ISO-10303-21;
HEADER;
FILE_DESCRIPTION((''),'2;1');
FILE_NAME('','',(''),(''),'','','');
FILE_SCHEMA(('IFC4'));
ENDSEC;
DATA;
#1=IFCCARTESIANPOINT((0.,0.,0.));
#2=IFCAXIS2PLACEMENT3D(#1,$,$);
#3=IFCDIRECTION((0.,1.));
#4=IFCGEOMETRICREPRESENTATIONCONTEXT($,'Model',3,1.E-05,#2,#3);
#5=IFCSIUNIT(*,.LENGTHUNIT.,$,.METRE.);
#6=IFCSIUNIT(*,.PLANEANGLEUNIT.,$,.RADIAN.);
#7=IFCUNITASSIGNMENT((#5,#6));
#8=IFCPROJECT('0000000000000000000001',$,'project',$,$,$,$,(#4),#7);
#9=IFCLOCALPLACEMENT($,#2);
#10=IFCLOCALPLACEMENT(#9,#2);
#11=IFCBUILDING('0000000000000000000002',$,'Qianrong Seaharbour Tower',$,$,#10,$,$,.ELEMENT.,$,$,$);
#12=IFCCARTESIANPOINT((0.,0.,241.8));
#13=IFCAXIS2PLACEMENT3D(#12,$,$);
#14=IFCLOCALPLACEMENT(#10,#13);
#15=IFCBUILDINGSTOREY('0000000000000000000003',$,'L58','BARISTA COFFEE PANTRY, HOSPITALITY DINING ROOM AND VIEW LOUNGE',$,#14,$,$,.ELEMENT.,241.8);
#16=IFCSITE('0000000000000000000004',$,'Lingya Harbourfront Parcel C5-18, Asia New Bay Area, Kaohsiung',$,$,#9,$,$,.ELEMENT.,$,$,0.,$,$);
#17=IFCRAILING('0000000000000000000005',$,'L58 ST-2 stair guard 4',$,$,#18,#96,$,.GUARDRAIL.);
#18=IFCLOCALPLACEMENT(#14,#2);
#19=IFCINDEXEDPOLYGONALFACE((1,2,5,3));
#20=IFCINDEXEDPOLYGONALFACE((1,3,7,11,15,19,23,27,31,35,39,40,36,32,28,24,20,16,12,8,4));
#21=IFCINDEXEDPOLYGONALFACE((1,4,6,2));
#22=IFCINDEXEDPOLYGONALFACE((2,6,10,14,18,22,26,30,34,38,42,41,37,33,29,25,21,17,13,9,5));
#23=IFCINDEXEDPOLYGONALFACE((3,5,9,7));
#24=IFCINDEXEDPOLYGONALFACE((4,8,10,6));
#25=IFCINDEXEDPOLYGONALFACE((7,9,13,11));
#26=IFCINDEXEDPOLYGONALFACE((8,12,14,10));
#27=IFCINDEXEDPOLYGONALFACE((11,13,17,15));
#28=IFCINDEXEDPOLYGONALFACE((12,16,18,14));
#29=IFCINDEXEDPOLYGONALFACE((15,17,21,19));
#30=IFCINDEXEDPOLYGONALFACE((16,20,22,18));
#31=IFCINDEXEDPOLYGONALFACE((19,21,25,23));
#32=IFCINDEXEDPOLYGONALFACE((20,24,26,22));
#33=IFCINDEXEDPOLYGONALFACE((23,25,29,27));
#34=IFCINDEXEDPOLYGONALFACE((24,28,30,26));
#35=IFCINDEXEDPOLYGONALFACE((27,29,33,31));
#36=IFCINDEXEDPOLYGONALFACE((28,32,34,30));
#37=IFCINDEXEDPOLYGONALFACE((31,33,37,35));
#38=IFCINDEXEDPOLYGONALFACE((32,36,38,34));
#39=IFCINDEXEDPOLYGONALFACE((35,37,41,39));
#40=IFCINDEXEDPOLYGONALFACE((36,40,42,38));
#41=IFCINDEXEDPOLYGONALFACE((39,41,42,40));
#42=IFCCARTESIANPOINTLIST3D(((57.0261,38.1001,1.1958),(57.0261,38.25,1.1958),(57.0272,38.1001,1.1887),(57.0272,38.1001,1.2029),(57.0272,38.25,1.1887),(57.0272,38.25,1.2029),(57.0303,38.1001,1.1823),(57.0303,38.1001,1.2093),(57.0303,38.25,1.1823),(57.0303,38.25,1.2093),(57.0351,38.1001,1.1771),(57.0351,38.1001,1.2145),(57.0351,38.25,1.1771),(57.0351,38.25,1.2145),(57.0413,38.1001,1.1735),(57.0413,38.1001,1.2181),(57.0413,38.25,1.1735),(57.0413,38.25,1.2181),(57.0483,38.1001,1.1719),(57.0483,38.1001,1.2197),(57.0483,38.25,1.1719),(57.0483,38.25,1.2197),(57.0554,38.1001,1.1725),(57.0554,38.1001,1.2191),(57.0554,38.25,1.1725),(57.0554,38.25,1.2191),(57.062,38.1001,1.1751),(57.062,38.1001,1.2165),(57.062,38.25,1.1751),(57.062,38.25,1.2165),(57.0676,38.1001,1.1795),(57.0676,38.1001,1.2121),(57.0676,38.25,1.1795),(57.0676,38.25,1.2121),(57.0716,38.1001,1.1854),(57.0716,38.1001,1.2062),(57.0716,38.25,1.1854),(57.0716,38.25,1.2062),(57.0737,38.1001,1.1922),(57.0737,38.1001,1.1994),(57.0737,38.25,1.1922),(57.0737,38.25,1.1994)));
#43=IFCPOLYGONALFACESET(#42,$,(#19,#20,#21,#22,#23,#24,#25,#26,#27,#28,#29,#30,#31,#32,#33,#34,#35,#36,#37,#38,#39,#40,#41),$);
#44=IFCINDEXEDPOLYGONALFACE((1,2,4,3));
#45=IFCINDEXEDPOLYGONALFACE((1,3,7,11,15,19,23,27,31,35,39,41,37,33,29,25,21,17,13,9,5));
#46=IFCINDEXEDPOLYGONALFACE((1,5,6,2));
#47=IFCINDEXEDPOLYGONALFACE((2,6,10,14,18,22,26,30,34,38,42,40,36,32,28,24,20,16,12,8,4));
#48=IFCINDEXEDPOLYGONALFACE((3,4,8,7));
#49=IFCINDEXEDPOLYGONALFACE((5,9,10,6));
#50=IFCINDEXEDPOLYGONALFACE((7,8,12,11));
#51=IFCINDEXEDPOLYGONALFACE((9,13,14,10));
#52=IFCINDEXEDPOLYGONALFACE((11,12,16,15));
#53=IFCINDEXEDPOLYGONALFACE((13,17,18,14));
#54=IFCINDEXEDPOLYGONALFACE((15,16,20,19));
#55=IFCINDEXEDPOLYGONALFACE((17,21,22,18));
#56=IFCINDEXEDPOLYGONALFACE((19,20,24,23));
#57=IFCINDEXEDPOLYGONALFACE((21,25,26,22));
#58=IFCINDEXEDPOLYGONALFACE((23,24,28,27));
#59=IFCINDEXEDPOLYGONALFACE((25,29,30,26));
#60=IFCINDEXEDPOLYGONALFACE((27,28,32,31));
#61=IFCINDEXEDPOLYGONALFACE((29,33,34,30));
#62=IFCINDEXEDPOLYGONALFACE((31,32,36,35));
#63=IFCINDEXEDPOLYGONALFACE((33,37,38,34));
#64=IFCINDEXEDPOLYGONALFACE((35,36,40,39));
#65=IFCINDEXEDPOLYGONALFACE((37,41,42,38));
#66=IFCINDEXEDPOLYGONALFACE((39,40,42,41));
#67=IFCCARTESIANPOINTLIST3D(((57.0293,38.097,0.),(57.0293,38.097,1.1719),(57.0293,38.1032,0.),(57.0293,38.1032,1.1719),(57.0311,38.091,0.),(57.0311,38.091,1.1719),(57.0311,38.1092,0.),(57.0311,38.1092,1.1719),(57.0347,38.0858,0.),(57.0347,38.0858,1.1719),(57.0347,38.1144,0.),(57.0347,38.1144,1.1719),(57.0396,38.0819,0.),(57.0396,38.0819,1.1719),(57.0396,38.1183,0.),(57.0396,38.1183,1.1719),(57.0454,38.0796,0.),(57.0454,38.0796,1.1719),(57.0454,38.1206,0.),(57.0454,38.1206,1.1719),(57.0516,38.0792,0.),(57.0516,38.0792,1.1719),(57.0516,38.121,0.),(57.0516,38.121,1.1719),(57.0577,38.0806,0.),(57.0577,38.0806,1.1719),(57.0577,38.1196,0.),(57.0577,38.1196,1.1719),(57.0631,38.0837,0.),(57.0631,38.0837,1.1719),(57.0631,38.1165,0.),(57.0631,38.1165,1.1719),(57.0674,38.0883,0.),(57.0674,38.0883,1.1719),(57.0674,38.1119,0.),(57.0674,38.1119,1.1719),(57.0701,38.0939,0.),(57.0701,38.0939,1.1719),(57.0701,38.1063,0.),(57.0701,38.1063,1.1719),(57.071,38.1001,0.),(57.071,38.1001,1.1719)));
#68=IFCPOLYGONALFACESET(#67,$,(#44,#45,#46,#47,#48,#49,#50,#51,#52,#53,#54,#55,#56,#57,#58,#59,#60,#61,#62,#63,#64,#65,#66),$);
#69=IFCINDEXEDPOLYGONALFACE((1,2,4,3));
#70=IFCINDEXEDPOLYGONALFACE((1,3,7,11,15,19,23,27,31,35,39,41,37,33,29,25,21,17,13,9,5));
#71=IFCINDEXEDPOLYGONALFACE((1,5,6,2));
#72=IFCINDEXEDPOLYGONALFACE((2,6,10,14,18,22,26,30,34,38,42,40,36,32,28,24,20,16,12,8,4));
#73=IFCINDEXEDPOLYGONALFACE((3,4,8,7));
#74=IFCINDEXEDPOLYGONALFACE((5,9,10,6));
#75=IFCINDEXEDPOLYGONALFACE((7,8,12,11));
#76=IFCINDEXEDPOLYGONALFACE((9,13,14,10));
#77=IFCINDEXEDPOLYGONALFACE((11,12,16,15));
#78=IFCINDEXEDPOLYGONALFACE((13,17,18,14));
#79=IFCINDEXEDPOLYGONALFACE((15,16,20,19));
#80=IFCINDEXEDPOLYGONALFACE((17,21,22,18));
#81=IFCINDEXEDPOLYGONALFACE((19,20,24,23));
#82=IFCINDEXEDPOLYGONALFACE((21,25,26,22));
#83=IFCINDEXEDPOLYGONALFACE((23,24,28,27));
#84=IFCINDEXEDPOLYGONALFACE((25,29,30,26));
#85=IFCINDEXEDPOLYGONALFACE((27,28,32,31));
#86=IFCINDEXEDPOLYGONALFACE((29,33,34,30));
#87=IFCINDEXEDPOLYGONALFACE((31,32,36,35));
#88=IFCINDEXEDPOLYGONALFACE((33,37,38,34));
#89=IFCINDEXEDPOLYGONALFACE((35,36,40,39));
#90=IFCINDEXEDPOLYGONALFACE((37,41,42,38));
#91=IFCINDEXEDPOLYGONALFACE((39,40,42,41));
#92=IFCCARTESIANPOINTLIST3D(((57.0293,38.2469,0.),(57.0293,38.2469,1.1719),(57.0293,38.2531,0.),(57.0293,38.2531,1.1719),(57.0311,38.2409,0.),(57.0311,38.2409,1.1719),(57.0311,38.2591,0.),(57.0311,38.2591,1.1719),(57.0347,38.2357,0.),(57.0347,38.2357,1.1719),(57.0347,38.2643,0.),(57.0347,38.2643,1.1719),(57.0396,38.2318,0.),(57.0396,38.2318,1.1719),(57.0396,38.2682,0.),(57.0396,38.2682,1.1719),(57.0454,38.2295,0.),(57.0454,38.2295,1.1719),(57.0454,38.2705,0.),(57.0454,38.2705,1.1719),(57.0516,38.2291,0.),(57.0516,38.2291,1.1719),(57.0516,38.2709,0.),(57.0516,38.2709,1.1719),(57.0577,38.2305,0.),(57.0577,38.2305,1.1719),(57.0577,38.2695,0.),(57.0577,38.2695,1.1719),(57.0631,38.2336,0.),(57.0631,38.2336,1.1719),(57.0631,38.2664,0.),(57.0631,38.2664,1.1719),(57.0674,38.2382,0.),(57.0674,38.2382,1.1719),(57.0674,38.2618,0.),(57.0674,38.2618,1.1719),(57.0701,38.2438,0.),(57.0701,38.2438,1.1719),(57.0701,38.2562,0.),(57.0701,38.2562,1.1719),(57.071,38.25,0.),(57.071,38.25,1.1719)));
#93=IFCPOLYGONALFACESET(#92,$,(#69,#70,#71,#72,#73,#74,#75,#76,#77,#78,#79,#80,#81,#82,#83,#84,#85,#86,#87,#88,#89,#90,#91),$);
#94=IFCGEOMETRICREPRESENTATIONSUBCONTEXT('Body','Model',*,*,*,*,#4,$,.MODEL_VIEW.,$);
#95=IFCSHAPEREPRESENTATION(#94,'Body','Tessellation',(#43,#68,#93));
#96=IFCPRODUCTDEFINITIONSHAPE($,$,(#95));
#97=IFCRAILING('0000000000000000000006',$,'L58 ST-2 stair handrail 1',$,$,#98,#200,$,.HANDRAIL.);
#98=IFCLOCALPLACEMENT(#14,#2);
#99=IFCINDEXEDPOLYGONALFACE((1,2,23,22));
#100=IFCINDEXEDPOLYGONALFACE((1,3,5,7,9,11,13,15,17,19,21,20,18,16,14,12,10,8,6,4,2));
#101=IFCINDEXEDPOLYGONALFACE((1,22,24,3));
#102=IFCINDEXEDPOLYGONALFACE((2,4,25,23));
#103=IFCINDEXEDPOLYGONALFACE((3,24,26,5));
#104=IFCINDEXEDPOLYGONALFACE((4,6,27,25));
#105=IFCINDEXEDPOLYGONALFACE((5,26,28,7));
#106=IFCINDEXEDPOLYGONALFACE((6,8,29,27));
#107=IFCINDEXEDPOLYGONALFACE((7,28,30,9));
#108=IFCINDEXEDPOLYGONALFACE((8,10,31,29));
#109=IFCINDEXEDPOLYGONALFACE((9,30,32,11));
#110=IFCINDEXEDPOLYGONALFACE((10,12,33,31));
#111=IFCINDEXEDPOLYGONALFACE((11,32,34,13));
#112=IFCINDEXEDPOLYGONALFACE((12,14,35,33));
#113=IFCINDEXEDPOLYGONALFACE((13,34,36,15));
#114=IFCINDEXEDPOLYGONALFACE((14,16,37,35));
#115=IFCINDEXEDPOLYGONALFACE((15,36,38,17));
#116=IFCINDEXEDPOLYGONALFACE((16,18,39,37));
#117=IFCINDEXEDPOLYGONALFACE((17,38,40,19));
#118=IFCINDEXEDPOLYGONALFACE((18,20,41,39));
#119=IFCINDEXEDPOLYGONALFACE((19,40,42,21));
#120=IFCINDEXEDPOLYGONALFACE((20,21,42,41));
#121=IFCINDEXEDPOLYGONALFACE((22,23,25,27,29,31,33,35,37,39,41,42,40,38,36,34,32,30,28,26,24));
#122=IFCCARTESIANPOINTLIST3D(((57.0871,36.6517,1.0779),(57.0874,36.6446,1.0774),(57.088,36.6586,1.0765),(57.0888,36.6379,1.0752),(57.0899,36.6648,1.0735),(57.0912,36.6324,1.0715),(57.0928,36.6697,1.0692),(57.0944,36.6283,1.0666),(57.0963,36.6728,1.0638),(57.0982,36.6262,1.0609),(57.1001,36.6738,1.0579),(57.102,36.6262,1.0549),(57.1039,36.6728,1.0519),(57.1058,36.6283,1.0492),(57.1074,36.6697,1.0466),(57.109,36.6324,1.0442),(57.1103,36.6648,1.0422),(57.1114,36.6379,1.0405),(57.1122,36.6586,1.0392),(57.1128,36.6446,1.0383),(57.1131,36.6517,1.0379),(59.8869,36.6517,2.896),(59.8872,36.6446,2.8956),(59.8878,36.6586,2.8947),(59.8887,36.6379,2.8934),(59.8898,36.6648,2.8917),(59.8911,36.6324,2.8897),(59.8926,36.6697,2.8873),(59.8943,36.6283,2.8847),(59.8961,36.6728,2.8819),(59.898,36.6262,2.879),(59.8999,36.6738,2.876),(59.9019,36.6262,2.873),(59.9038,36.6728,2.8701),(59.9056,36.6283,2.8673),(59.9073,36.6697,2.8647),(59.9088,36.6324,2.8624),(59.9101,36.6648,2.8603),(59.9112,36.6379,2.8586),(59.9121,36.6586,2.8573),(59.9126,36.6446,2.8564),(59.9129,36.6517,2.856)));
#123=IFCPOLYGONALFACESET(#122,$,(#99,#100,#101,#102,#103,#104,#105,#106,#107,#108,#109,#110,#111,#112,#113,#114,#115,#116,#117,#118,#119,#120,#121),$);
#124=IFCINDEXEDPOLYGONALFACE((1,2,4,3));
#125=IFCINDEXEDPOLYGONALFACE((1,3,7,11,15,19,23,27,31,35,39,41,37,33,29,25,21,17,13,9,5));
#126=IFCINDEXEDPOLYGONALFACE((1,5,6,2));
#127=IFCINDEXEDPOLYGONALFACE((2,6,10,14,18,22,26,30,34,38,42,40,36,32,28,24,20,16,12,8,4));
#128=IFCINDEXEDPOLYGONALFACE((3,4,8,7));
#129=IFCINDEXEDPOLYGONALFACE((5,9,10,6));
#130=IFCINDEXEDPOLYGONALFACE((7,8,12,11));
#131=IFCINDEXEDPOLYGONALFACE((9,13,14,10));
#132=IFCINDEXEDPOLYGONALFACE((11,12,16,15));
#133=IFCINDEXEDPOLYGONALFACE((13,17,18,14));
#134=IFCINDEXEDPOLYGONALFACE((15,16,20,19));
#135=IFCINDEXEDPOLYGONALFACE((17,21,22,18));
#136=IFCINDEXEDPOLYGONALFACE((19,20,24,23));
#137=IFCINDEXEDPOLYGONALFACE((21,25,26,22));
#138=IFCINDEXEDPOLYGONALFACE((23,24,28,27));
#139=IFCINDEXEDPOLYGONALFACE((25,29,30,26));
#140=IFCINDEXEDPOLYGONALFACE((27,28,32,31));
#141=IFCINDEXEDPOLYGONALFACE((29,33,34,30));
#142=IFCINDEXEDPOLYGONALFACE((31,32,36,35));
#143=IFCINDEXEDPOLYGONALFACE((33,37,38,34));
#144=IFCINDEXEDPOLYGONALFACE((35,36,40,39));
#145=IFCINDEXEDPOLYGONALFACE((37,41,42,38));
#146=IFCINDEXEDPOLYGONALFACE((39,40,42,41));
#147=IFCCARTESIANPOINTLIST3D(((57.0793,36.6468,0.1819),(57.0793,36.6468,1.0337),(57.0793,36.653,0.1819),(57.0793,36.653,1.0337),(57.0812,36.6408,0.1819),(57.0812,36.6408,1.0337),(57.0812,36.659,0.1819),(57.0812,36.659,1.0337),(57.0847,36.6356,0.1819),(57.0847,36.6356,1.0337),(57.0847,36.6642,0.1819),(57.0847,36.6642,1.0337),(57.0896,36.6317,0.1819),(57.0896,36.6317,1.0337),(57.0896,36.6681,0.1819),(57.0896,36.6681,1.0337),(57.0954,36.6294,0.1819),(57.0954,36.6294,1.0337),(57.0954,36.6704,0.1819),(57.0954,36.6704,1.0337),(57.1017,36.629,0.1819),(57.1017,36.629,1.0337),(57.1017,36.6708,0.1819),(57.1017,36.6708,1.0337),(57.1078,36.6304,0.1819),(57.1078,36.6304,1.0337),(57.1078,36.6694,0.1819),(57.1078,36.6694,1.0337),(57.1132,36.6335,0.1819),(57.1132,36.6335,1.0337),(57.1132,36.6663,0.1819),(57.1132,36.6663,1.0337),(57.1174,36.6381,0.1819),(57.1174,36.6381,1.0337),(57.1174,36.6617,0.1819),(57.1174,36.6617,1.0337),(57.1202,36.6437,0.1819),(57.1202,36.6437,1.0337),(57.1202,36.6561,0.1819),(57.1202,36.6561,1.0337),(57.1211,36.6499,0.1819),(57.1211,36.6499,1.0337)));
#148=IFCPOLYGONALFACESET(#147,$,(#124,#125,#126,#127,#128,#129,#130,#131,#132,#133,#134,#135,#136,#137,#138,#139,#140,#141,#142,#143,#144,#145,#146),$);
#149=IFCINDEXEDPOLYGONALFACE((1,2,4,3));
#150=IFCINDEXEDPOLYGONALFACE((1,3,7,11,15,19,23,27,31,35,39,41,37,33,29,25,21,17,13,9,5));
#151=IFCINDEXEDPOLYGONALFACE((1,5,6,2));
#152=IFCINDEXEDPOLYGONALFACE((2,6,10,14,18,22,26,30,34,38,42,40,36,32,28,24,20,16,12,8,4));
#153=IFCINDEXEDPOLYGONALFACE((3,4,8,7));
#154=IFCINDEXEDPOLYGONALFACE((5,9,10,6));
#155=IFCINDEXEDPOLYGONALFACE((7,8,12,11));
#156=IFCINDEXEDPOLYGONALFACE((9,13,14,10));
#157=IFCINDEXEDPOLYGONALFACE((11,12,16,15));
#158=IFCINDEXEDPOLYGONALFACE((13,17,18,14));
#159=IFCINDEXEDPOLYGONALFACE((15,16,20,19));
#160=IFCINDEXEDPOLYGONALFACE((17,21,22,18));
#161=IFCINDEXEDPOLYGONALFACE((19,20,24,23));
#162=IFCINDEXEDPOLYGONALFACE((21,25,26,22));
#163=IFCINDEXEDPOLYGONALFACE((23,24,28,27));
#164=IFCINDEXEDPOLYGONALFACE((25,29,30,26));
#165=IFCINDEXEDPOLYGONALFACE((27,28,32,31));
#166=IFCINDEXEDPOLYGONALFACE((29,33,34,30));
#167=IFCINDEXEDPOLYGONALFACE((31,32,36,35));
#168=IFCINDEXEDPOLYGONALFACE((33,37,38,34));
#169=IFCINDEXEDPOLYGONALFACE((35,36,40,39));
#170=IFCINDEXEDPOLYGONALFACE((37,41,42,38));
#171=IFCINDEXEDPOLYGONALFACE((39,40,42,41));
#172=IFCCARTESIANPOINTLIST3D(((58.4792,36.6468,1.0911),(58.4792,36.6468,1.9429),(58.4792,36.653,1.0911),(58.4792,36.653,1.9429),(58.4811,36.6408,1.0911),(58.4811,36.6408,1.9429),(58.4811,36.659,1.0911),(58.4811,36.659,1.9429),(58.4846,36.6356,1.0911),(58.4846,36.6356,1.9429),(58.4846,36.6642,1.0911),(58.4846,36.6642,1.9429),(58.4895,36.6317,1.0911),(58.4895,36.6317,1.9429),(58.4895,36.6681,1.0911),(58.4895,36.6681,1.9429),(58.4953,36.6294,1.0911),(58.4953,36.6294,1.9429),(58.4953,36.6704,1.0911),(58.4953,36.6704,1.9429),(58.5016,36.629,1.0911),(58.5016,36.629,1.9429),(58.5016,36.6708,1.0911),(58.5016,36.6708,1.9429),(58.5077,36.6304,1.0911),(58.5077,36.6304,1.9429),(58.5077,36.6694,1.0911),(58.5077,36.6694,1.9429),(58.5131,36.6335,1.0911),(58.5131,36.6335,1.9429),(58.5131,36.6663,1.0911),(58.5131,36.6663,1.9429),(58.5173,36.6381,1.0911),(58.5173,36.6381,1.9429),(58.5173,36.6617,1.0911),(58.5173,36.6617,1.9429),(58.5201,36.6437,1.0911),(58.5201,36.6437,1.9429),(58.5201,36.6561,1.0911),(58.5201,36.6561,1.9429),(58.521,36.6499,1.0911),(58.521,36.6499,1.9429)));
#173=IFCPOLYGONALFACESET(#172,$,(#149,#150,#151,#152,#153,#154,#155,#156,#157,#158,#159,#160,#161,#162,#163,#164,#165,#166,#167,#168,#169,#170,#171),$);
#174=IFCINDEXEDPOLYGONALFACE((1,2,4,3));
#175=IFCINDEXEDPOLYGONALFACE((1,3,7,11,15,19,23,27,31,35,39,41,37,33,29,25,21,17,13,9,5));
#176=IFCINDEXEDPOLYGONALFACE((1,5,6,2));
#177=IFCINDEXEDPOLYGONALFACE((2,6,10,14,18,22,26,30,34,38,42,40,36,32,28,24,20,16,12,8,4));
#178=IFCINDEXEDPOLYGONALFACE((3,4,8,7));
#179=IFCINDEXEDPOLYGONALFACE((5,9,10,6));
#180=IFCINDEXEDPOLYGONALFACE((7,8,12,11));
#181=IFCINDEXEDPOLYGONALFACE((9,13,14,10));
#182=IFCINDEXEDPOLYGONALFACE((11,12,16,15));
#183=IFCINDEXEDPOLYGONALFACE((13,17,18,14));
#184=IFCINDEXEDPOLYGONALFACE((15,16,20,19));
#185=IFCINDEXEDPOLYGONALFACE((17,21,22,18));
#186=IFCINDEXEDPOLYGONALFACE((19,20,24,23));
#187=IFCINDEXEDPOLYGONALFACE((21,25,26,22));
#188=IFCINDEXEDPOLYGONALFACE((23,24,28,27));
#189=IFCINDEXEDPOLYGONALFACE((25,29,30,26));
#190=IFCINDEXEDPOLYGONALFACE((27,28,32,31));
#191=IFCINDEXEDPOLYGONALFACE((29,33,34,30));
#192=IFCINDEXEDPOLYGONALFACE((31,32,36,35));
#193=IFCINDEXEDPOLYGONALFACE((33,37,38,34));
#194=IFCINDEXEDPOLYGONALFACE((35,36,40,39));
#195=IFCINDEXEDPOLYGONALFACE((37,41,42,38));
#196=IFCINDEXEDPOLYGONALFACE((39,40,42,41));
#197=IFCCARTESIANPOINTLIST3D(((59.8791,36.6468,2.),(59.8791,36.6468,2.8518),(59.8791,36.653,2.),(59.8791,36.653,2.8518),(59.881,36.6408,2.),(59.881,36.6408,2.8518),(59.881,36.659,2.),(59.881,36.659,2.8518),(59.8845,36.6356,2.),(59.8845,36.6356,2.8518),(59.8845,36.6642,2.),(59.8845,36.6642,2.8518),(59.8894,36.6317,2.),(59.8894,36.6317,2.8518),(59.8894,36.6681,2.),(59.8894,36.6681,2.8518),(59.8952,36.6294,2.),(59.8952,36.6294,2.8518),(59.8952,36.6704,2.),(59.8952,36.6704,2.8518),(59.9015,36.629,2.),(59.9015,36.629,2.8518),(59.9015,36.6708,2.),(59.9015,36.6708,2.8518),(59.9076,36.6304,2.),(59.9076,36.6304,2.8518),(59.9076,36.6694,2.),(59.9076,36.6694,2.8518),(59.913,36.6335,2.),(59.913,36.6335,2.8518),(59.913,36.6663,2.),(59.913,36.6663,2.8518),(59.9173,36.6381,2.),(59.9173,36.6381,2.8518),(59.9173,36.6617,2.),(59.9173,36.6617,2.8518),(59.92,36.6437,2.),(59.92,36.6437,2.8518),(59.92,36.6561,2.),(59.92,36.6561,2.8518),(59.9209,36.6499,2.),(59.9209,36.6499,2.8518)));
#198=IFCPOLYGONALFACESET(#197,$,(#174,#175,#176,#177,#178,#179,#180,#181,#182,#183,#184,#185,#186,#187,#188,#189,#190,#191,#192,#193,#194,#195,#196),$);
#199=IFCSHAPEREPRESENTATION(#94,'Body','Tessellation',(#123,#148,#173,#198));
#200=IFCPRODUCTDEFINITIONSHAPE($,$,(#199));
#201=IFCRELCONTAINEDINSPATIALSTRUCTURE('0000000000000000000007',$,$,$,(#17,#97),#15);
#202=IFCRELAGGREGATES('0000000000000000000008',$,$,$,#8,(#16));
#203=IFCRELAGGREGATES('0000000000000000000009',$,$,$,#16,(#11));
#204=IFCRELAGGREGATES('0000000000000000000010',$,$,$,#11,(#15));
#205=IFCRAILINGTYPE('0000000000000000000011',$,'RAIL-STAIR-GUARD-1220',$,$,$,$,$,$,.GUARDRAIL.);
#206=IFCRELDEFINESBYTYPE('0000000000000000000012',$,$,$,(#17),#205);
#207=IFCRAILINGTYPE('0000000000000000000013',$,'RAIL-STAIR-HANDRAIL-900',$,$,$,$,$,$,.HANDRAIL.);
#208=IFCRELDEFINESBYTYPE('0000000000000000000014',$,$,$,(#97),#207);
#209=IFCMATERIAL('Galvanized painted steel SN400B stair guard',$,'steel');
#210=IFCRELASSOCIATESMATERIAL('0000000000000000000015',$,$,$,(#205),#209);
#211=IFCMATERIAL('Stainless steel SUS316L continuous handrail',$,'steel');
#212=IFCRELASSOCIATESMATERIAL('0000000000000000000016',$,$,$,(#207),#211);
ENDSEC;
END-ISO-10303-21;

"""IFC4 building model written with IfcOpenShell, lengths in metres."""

from ifc_helpers import new_model, si_unit, direction, frame, origin, origin_2d, place, context, subcontext, project, spatial, circle, extrude, material, type_object, element, save


model = new_model("IFC4")

# Units and contexts
model_context = context("Model", 3, precision=1e-05, world=origin(), true_north=direction((0.0, 1.0)))
body_context = subcontext(model_context, "Body", "Model", "MODEL_VIEW")
ifc_project = project(units=[si_unit("LENGTHUNIT", "METRE"), si_unit("PLANEANGLEUNIT", "RADIAN")], contexts=[model_context])

# Site, building, storey
site_placement = place(None, origin())
site = spatial("IfcSite", under=ifc_project, at=site_placement, Name="Lingya Harbourfront Parcel C5-18, Asia New Bay Area, Kaohsiung", CompositionType="ELEMENT", RefElevation=0.0)
building_placement = place(site_placement, origin())
building = spatial("IfcBuilding", under=site, at=building_placement, Name="Qianrong Seaharbour Tower", CompositionType="ELEMENT")
storey_placement = place(building_placement, frame((0.0, 0.0, 241.8)))
storey = spatial("IfcBuildingStorey", under=building, at=storey_placement, Name="L58", Description="BARISTA COFFEE PANTRY, HOSPITALITY DINING ROOM AND VIEW LOUNGE", CompositionType="ELEMENT", Elevation=241.8)

# Railings
ifc_material_1 = material(Name="Galvanized painted steel SN400B stair guard", Category="steel")
railing_type_1 = type_object("IfcRailingType", Name="RAIL-STAIR-GUARD-1220", PredefinedType="GUARDRAIL", material=ifc_material_1)
railing_1_placement = place(storey_placement, frame((57.05, 38.1001, 0.0)))
element("IfcRailing", 1, at=railing_1_placement, inside=storey, type_object=railing_type_1, Name="L58 ST-2 stair guard 4", PredefinedType="GUARDRAIL", context=body_context, shape_type="SweptSolid", body=[
    extrude(circle(Radius=0.0239, at=origin_2d()), frame((0.0, 0.0, 1.1958), z_axis=(0.0, 1.0, 0.0), x_axis=(-1.0, 0.0, 0.0)), (0.0, 0.0, 1.0), 0.1499),
    extrude(circle(Radius=0.021, at=origin_2d()), origin(), (0.0, 0.0, 1.0), 1.1719),
    extrude(circle(Radius=0.021, at=origin_2d()), frame((0.0, 0.1499, 0.0)), (0.0, 0.0, 1.0), 1.1719),
])
ifc_material_2 = material(Name="Stainless steel SUS316L continuous handrail", Category="steel")
railing_type_2 = type_object("IfcRailingType", Name="RAIL-STAIR-HANDRAIL-900", PredefinedType="HANDRAIL", material=ifc_material_2)
railing_2_placement = place(storey_placement, frame((57.1001, 36.6499, 0.1819)))
element("IfcRailing", 2, at=railing_2_placement, inside=storey, type_object=railing_type_2, Name="L58 ST-2 stair handrail 1", PredefinedType="HANDRAIL", context=body_context, shape_type="SweptSolid", body=[
    extrude(circle(Radius=0.0239, at=origin_2d()), frame((0.0, 0.0, 0.876), z_axis=(0.838684, 0.0, 0.544618), x_axis=(0.0, 1.0, 0.0)), (0.0, 0.0, 1.0), 3.3384),
    extrude(circle(Radius=0.021, at=origin_2d()), origin(), (0.0, 0.0, 1.0), 0.8518),
    extrude(circle(Radius=0.021, at=origin_2d()), frame((1.3999, 0.0, 0.9092)), (0.0, 0.0, 1.0), 0.8518),
    extrude(circle(Radius=0.021, at=origin_2d()), frame((2.7998, 0.0, 1.8181)), (0.0, 0.0, 1.0), 0.8518),
])

save(model, "model.ifc")
